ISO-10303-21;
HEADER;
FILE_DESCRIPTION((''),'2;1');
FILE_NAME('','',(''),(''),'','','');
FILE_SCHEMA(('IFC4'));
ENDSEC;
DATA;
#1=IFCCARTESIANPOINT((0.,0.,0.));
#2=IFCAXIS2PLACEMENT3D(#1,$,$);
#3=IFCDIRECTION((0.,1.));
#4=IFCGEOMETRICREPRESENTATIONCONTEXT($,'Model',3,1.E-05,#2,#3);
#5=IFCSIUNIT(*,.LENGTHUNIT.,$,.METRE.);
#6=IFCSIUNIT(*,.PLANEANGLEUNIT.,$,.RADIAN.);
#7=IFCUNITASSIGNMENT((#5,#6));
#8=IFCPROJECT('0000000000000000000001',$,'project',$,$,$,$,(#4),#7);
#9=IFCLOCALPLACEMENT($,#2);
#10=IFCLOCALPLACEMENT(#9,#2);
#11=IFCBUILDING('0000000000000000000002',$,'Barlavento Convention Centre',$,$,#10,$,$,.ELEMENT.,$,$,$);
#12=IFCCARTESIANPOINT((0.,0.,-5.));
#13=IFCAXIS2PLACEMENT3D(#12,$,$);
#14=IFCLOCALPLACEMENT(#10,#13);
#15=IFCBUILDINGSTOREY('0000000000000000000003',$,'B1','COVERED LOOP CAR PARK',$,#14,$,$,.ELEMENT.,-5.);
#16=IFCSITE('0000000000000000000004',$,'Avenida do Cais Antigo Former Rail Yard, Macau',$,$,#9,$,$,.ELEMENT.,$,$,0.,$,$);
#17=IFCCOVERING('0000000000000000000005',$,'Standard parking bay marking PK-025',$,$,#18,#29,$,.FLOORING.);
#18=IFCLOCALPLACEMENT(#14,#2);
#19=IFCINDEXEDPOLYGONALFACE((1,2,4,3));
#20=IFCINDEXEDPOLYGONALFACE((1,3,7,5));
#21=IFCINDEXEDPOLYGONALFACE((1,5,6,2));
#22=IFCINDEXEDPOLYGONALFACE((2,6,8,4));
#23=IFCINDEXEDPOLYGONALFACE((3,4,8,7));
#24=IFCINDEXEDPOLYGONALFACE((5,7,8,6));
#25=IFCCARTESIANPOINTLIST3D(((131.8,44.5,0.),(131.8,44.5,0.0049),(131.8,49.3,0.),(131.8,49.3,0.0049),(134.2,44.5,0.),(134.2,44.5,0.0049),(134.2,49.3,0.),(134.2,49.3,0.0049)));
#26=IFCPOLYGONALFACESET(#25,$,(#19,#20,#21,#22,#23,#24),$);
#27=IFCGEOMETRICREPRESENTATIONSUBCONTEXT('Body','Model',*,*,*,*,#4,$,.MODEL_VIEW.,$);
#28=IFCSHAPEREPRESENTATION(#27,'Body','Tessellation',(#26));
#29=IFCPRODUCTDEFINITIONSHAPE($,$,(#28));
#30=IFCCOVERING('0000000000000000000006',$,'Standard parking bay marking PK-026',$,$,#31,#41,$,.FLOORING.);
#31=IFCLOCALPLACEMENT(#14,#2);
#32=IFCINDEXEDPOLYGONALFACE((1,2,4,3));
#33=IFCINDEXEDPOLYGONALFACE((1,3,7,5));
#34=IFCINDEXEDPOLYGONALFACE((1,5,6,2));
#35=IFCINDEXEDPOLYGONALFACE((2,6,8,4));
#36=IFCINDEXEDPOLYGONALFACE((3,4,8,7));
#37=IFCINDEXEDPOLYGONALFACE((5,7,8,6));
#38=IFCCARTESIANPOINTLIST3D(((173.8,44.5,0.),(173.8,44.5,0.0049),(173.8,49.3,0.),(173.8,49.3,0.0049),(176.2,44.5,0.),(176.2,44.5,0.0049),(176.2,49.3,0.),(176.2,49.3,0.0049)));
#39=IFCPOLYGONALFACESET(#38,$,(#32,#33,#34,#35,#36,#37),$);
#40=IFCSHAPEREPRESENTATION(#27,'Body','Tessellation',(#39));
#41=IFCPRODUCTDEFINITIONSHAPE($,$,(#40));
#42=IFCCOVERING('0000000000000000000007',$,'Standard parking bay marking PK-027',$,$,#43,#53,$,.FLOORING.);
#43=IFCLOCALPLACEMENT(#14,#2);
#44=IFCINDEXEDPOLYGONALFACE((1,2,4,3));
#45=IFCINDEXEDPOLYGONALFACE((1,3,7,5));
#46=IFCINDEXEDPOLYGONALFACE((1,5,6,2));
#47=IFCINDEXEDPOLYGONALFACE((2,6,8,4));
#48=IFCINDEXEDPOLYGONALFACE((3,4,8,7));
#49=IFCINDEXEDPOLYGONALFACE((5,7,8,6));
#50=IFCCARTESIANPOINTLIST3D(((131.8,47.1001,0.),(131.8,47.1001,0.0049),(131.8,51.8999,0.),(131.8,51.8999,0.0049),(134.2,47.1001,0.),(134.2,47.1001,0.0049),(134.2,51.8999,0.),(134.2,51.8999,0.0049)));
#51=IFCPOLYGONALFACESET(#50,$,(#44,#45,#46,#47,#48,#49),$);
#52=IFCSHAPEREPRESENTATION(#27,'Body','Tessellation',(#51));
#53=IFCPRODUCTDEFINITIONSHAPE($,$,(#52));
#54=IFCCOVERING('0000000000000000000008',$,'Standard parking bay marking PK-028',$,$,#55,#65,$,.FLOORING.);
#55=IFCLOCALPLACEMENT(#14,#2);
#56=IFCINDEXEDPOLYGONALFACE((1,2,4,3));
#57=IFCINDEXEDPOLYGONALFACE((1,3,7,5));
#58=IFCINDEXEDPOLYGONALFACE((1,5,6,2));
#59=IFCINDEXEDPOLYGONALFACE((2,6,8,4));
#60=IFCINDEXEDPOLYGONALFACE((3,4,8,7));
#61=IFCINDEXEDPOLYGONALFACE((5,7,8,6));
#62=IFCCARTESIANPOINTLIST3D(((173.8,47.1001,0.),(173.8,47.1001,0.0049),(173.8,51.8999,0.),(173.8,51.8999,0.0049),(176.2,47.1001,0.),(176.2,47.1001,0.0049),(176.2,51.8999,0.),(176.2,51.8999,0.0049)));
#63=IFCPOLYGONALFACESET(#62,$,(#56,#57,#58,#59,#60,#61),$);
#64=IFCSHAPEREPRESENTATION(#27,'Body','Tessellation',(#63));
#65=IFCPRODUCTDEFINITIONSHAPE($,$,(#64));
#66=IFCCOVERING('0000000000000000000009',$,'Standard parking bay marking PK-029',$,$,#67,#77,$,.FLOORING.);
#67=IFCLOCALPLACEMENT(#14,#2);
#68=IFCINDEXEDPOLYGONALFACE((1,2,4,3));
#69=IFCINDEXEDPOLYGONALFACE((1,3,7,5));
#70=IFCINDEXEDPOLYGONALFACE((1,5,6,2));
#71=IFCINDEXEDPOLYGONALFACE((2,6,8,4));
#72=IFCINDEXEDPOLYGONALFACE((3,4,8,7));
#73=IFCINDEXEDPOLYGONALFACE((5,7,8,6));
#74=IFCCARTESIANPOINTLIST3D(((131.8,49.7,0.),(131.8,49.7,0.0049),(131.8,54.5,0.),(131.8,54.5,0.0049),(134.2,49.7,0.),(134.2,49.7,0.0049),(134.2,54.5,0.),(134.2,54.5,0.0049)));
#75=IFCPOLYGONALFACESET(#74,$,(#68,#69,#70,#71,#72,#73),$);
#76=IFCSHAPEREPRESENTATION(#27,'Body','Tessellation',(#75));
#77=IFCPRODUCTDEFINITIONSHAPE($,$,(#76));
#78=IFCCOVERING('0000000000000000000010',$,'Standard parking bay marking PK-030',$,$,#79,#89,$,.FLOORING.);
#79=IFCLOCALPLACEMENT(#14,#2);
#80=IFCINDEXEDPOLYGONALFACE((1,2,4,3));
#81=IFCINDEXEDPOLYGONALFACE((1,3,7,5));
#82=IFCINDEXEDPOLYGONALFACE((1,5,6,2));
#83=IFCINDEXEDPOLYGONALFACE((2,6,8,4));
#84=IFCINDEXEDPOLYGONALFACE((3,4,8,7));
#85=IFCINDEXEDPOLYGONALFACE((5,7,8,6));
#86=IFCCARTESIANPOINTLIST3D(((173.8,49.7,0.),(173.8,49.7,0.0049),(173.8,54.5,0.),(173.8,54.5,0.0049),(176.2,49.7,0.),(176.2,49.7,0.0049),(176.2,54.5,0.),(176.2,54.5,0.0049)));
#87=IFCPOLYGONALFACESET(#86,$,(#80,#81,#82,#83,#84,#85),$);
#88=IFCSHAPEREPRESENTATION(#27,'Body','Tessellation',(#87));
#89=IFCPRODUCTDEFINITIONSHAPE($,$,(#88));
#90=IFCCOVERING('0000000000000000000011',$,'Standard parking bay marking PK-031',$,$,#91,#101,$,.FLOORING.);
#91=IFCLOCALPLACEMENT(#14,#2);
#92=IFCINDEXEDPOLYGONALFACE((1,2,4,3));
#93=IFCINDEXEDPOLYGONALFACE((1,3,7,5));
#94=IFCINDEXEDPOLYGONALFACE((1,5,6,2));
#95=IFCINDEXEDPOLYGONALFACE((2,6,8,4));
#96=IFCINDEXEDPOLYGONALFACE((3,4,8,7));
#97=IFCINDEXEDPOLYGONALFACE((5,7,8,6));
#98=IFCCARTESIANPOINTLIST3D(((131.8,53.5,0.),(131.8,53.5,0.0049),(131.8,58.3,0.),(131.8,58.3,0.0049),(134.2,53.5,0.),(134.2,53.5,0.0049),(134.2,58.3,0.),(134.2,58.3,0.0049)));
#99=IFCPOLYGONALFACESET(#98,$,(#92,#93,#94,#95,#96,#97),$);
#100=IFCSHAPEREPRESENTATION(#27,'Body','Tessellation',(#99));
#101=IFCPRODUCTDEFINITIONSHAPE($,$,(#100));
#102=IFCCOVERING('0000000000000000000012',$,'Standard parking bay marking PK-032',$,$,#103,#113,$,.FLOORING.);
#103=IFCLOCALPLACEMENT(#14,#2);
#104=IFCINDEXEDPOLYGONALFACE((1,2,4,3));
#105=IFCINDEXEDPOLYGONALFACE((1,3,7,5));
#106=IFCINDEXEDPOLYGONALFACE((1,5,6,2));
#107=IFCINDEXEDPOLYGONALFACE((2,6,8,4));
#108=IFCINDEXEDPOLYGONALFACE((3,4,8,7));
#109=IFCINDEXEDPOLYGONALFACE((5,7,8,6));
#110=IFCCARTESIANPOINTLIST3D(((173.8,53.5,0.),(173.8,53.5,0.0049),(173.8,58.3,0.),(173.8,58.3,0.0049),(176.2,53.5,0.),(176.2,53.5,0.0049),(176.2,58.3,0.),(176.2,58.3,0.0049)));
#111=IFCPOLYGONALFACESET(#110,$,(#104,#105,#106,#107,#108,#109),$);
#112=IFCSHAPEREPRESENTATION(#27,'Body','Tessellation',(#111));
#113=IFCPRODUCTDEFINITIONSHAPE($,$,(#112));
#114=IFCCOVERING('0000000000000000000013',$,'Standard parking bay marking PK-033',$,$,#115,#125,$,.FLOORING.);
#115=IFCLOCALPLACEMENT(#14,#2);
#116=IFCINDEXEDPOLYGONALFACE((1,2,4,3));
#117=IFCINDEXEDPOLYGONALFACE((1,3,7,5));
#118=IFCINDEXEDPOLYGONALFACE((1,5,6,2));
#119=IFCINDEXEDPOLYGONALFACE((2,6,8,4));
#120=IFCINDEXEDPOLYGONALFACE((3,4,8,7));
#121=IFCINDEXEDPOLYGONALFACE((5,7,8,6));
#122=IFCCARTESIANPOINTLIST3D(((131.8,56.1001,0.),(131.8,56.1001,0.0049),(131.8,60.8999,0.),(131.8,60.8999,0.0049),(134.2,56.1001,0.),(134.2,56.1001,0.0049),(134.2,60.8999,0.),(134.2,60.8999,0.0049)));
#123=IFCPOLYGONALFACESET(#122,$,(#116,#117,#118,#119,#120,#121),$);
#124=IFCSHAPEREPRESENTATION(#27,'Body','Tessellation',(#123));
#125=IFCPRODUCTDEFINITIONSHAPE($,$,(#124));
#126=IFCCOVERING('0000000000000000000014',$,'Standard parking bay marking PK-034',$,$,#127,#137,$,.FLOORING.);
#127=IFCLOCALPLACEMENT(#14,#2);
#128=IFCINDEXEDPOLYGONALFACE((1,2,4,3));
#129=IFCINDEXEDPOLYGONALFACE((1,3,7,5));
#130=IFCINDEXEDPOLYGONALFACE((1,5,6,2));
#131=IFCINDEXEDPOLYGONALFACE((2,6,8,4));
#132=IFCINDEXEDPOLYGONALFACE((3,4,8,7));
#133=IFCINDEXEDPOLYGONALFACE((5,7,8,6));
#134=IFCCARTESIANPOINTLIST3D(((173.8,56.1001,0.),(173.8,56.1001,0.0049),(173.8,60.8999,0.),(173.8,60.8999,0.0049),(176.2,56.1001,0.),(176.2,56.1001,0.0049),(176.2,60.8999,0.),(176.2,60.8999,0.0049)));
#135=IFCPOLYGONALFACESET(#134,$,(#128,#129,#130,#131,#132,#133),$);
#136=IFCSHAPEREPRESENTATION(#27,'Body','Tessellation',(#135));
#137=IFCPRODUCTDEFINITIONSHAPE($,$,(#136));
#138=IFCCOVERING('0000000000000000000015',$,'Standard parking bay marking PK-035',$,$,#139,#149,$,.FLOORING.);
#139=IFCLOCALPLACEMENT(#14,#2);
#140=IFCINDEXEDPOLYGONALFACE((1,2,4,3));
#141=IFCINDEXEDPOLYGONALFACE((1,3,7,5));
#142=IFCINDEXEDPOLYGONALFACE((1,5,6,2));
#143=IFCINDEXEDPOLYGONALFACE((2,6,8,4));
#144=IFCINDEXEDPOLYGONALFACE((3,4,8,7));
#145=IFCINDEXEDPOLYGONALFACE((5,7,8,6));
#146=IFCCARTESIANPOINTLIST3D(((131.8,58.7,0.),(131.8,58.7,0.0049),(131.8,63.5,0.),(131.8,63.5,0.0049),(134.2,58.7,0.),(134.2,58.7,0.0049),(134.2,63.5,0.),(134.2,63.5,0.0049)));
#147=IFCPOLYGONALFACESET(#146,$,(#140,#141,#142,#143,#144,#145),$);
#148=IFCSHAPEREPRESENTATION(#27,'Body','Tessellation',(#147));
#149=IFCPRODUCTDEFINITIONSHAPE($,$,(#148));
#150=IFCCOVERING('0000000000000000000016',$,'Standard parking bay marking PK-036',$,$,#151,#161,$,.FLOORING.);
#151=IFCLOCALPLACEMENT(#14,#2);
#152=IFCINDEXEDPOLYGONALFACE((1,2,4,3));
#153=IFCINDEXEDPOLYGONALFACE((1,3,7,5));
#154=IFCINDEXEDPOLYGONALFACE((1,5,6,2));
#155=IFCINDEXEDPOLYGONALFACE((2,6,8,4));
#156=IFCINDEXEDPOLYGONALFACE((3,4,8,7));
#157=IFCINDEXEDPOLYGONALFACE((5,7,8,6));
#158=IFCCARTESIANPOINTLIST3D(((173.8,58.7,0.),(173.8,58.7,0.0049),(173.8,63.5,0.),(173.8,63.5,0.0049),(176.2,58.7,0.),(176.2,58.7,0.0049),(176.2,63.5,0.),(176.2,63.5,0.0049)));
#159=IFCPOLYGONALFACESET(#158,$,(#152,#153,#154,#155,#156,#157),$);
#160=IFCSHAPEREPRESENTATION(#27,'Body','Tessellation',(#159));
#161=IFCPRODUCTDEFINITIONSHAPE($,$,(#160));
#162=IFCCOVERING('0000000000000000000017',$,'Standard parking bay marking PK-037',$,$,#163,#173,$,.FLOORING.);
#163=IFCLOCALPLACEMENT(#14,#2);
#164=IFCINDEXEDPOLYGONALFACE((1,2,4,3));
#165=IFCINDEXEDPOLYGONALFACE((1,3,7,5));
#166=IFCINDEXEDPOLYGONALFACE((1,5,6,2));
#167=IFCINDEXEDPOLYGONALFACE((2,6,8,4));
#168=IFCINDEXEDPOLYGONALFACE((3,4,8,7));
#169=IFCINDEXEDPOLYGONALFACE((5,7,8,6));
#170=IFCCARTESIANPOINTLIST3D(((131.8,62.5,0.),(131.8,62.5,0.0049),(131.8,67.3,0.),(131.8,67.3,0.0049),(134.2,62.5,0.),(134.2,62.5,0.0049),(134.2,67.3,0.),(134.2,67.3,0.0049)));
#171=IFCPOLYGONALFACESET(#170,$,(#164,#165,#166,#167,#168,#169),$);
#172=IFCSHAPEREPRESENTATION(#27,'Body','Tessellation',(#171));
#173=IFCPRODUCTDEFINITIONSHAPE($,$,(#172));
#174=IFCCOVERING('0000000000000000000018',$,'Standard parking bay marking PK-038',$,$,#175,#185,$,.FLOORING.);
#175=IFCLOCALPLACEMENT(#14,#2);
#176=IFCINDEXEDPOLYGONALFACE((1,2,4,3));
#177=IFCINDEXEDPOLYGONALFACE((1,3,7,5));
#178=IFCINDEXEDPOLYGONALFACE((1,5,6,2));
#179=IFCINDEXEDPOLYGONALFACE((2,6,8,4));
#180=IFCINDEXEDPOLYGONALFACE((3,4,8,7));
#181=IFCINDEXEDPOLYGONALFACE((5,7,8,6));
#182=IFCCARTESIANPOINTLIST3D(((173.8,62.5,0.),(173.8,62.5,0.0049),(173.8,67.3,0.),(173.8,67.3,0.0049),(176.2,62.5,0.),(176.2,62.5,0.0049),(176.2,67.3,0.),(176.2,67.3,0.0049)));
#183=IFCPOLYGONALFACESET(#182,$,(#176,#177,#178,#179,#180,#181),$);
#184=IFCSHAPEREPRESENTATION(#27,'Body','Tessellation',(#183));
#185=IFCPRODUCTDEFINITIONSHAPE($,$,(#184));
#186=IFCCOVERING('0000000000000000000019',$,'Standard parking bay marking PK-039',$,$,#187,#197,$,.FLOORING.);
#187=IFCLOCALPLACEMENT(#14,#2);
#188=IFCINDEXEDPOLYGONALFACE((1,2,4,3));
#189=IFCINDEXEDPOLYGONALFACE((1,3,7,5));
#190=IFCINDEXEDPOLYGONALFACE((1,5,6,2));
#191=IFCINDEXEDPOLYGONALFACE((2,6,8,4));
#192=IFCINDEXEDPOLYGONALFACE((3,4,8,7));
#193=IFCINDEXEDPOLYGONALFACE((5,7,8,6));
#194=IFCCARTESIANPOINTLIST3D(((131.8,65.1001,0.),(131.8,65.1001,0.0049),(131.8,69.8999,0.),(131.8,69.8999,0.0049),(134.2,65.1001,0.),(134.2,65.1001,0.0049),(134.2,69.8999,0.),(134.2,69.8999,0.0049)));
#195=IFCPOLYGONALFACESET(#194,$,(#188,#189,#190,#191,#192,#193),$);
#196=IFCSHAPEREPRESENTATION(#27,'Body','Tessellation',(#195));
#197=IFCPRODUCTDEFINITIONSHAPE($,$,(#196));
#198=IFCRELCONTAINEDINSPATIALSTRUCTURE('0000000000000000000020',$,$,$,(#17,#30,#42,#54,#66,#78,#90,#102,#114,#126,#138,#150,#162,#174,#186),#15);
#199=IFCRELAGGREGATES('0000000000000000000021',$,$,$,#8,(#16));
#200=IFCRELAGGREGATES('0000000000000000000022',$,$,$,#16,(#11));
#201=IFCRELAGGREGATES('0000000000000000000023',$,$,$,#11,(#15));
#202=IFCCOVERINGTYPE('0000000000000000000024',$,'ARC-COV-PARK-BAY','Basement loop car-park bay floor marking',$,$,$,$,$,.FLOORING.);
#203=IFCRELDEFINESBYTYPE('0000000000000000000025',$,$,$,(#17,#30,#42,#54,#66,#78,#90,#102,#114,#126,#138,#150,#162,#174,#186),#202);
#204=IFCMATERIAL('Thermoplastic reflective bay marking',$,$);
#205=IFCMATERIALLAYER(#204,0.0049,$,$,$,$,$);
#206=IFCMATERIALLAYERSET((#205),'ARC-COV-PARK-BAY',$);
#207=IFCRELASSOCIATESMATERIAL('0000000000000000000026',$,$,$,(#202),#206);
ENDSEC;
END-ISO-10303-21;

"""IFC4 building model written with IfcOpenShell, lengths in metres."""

from ifc_helpers import new_model, si_unit, direction, frame, origin, place, context, subcontext, project, spatial, polyline, outline, extrude, material, layer, layer_set, type_object, element, save


model = new_model("IFC4")

# Units and contexts
model_context = context("Model", 3, precision=1e-05, world=origin(), true_north=direction((0.0, 1.0)))
body_context = subcontext(model_context, "Body", "Model", "MODEL_VIEW")
ifc_project = project(units=[si_unit("LENGTHUNIT", "METRE"), si_unit("PLANEANGLEUNIT", "RADIAN")], contexts=[model_context])

# Site, building, storey
site_placement = place(None, origin())
site = spatial("IfcSite", under=ifc_project, at=site_placement, Name="Avenida do Cais Antigo Former Rail Yard, Macau", CompositionType="ELEMENT", RefElevation=0.0)
building_placement = place(site_placement, origin())
building = spatial("IfcBuilding", under=site, at=building_placement, Name="Barlavento Convention Centre", CompositionType="ELEMENT")
storey_placement = place(building_placement, frame((0.0, 0.0, -5.0)))
storey = spatial("IfcBuildingStorey", under=building, at=storey_placement, Name="B1", Description="COVERED LOOP CAR PARK", CompositionType="ELEMENT", Elevation=-5.0)

# Coverings
ifc_material_1 = material(Name="Thermoplastic reflective bay marking")
ifc_layer = layer(ifc_material_1, 0.0049)
ifc_layer_set = layer_set([ifc_layer], Name="ARC-COV-PARK-BAY")
covering_type = type_object("IfcCoveringType", Name="ARC-COV-PARK-BAY", Description="Basement loop car-park bay floor marking", PredefinedType="FLOORING", material=ifc_layer_set)
covering_1_placement = place(storey_placement, origin())
element("IfcCovering", 1, at=covering_1_placement, inside=storey, type_object=covering_type, Name="Standard parking bay marking PK-025", PredefinedType="FLOORING", context=body_context, shape_type="SweptSolid", body=[
    extrude(outline(polyline([(131.8, 44.5), (134.2, 44.5), (134.2, 49.3), (131.8, 49.3), (131.8, 44.5)])), origin(), (0.0, 0.0, 1.0), 0.0049),
])
covering_2_placement = place(storey_placement, origin())
element("IfcCovering", 2, at=covering_2_placement, inside=storey, type_object=covering_type, Name="Standard parking bay marking PK-026", PredefinedType="FLOORING", context=body_context, shape_type="SweptSolid", body=[
    extrude(outline(polyline([(173.8, 44.5), (176.2, 44.5), (176.2, 49.3), (173.8, 49.3), (173.8, 44.5)])), origin(), (0.0, 0.0, 1.0), 0.0049),
])
covering_3_placement = place(storey_placement, origin())
element("IfcCovering", 3, at=covering_3_placement, inside=storey, type_object=covering_type, Name="Standard parking bay marking PK-027", PredefinedType="FLOORING", context=body_context, shape_type="SweptSolid", body=[
    extrude(outline(polyline([(131.8, 47.1001), (134.2, 47.1001), (134.2, 51.8999), (131.8, 51.8999), (131.8, 47.1001)])), origin(), (0.0, 0.0, 1.0), 0.0049),
])
covering_4_placement = place(storey_placement, origin())
element("IfcCovering", 4, at=covering_4_placement, inside=storey, type_object=covering_type, Name="Standard parking bay marking PK-028", PredefinedType="FLOORING", context=body_context, shape_type="SweptSolid", body=[
    extrude(outline(polyline([(173.8, 47.1001), (176.2, 47.1001), (176.2, 51.8999), (173.8, 51.8999), (173.8, 47.1001)])), origin(), (0.0, 0.0, 1.0), 0.0049),
])
covering_5_placement = place(storey_placement, origin())
element("IfcCovering", 5, at=covering_5_placement, inside=storey, type_object=covering_type, Name="Standard parking bay marking PK-029", PredefinedType="FLOORING", context=body_context, shape_type="SweptSolid", body=[
    extrude(outline(polyline([(131.8, 49.7), (134.2, 49.7), (134.2, 54.5), (131.8, 54.5), (131.8, 49.7)])), origin(), (0.0, 0.0, 1.0), 0.0049),
])
covering_6_placement = place(storey_placement, origin())
element("IfcCovering", 6, at=covering_6_placement, inside=storey, type_object=covering_type, Name="Standard parking bay marking PK-030", PredefinedType="FLOORING", context=body_context, shape_type="SweptSolid", body=[
    extrude(outline(polyline([(173.8, 49.7), (176.2, 49.7), (176.2, 54.5), (173.8, 54.5), (173.8, 49.7)])), origin(), (0.0, 0.0, 1.0), 0.0049),
])
covering_7_placement = place(storey_placement, origin())
element("IfcCovering", 7, at=covering_7_placement, inside=storey, type_object=covering_type, Name="Standard parking bay marking PK-031", PredefinedType="FLOORING", context=body_context, shape_type="SweptSolid", body=[
    extrude(outline(polyline([(131.8, 53.5), (134.2, 53.5), (134.2, 58.3), (131.8, 58.3), (131.8, 53.5)])), origin(), (0.0, 0.0, 1.0), 0.0049),
])
covering_8_placement = place(storey_placement, origin())
element("IfcCovering", 8, at=covering_8_placement, inside=storey, type_object=covering_type, Name="Standard parking bay marking PK-032", PredefinedType="FLOORING", context=body_context, shape_type="SweptSolid", body=[
    extrude(outline(polyline([(173.8, 53.5), (176.2, 53.5), (176.2, 58.3), (173.8, 58.3), (173.8, 53.5)])), origin(), (0.0, 0.0, 1.0), 0.0049),
])
covering_9_placement = place(storey_placement, origin())
element("IfcCovering", 9, at=covering_9_placement, inside=storey, type_object=covering_type, Name="Standard parking bay marking PK-033", PredefinedType="FLOORING", context=body_context, shape_type="SweptSolid", body=[
    extrude(outline(polyline([(131.8, 56.1001), (134.2, 56.1001), (134.2, 60.8999), (131.8, 60.8999), (131.8, 56.1001)])), origin(), (0.0, 0.0, 1.0), 0.0049),
])
covering_10_placement = place(storey_placement, origin())
element("IfcCovering", 10, at=covering_10_placement, inside=storey, type_object=covering_type, Name="Standard parking bay marking PK-034", PredefinedType="FLOORING", context=body_context, shape_type="SweptSolid", body=[
    extrude(outline(polyline([(173.8, 56.1001), (176.2, 56.1001), (176.2, 60.8999), (173.8, 60.8999), (173.8, 56.1001)])), origin(), (0.0, 0.0, 1.0), 0.0049),
])
covering_11_placement = place(storey_placement, origin())
element("IfcCovering", 11, at=covering_11_placement, inside=storey, type_object=covering_type, Name="Standard parking bay marking PK-035", PredefinedType="FLOORING", context=body_context, shape_type="SweptSolid", body=[
    extrude(outline(polyline([(131.8, 58.7), (134.2, 58.7), (134.2, 63.5), (131.8, 63.5), (131.8, 58.7)])), origin(), (0.0, 0.0, 1.0), 0.0049),
])
covering_12_placement = place(storey_placement, origin())
element("IfcCovering", 12, at=covering_12_placement, inside=storey, type_object=covering_type, Name="Standard parking bay marking PK-036", PredefinedType="FLOORING", context=body_context, shape_type="SweptSolid", body=[
    extrude(outline(polyline([(173.8, 58.7), (176.2, 58.7), (176.2, 63.5), (173.8, 63.5), (173.8, 58.7)])), origin(), (0.0, 0.0, 1.0), 0.0049),
])
covering_13_placement = place(storey_placement, origin())
element("IfcCovering", 13, at=covering_13_placement, inside=storey, type_object=covering_type, Name="Standard parking bay marking PK-037", PredefinedType="FLOORING", context=body_context, shape_type="SweptSolid", body=[
    extrude(outline(polyline([(131.8, 62.5), (134.2, 62.5), (134.2, 67.3), (131.8, 67.3), (131.8, 62.5)])), origin(), (0.0, 0.0, 1.0), 0.0049),
])
covering_14_placement = place(storey_placement, origin())
element("IfcCovering", 14, at=covering_14_placement, inside=storey, type_object=covering_type, Name="Standard parking bay marking PK-038", PredefinedType="FLOORING", context=body_context, shape_type="SweptSolid", body=[
    extrude(outline(polyline([(173.8, 62.5), (176.2, 62.5), (176.2, 67.3), (173.8, 67.3), (173.8, 62.5)])), origin(), (0.0, 0.0, 1.0), 0.0049),
])
covering_15_placement = place(storey_placement, origin())
element("IfcCovering", 15, at=covering_15_placement, inside=storey, type_object=covering_type, Name="Standard parking bay marking PK-039", PredefinedType="FLOORING", context=body_context, shape_type="SweptSolid", body=[
    extrude(outline(polyline([(131.8, 65.1001), (134.2, 65.1001), (134.2, 69.8999), (131.8, 69.8999), (131.8, 65.1001)])), origin(), (0.0, 0.0, 1.0), 0.0049),
])

save(model, "model.ifc")
